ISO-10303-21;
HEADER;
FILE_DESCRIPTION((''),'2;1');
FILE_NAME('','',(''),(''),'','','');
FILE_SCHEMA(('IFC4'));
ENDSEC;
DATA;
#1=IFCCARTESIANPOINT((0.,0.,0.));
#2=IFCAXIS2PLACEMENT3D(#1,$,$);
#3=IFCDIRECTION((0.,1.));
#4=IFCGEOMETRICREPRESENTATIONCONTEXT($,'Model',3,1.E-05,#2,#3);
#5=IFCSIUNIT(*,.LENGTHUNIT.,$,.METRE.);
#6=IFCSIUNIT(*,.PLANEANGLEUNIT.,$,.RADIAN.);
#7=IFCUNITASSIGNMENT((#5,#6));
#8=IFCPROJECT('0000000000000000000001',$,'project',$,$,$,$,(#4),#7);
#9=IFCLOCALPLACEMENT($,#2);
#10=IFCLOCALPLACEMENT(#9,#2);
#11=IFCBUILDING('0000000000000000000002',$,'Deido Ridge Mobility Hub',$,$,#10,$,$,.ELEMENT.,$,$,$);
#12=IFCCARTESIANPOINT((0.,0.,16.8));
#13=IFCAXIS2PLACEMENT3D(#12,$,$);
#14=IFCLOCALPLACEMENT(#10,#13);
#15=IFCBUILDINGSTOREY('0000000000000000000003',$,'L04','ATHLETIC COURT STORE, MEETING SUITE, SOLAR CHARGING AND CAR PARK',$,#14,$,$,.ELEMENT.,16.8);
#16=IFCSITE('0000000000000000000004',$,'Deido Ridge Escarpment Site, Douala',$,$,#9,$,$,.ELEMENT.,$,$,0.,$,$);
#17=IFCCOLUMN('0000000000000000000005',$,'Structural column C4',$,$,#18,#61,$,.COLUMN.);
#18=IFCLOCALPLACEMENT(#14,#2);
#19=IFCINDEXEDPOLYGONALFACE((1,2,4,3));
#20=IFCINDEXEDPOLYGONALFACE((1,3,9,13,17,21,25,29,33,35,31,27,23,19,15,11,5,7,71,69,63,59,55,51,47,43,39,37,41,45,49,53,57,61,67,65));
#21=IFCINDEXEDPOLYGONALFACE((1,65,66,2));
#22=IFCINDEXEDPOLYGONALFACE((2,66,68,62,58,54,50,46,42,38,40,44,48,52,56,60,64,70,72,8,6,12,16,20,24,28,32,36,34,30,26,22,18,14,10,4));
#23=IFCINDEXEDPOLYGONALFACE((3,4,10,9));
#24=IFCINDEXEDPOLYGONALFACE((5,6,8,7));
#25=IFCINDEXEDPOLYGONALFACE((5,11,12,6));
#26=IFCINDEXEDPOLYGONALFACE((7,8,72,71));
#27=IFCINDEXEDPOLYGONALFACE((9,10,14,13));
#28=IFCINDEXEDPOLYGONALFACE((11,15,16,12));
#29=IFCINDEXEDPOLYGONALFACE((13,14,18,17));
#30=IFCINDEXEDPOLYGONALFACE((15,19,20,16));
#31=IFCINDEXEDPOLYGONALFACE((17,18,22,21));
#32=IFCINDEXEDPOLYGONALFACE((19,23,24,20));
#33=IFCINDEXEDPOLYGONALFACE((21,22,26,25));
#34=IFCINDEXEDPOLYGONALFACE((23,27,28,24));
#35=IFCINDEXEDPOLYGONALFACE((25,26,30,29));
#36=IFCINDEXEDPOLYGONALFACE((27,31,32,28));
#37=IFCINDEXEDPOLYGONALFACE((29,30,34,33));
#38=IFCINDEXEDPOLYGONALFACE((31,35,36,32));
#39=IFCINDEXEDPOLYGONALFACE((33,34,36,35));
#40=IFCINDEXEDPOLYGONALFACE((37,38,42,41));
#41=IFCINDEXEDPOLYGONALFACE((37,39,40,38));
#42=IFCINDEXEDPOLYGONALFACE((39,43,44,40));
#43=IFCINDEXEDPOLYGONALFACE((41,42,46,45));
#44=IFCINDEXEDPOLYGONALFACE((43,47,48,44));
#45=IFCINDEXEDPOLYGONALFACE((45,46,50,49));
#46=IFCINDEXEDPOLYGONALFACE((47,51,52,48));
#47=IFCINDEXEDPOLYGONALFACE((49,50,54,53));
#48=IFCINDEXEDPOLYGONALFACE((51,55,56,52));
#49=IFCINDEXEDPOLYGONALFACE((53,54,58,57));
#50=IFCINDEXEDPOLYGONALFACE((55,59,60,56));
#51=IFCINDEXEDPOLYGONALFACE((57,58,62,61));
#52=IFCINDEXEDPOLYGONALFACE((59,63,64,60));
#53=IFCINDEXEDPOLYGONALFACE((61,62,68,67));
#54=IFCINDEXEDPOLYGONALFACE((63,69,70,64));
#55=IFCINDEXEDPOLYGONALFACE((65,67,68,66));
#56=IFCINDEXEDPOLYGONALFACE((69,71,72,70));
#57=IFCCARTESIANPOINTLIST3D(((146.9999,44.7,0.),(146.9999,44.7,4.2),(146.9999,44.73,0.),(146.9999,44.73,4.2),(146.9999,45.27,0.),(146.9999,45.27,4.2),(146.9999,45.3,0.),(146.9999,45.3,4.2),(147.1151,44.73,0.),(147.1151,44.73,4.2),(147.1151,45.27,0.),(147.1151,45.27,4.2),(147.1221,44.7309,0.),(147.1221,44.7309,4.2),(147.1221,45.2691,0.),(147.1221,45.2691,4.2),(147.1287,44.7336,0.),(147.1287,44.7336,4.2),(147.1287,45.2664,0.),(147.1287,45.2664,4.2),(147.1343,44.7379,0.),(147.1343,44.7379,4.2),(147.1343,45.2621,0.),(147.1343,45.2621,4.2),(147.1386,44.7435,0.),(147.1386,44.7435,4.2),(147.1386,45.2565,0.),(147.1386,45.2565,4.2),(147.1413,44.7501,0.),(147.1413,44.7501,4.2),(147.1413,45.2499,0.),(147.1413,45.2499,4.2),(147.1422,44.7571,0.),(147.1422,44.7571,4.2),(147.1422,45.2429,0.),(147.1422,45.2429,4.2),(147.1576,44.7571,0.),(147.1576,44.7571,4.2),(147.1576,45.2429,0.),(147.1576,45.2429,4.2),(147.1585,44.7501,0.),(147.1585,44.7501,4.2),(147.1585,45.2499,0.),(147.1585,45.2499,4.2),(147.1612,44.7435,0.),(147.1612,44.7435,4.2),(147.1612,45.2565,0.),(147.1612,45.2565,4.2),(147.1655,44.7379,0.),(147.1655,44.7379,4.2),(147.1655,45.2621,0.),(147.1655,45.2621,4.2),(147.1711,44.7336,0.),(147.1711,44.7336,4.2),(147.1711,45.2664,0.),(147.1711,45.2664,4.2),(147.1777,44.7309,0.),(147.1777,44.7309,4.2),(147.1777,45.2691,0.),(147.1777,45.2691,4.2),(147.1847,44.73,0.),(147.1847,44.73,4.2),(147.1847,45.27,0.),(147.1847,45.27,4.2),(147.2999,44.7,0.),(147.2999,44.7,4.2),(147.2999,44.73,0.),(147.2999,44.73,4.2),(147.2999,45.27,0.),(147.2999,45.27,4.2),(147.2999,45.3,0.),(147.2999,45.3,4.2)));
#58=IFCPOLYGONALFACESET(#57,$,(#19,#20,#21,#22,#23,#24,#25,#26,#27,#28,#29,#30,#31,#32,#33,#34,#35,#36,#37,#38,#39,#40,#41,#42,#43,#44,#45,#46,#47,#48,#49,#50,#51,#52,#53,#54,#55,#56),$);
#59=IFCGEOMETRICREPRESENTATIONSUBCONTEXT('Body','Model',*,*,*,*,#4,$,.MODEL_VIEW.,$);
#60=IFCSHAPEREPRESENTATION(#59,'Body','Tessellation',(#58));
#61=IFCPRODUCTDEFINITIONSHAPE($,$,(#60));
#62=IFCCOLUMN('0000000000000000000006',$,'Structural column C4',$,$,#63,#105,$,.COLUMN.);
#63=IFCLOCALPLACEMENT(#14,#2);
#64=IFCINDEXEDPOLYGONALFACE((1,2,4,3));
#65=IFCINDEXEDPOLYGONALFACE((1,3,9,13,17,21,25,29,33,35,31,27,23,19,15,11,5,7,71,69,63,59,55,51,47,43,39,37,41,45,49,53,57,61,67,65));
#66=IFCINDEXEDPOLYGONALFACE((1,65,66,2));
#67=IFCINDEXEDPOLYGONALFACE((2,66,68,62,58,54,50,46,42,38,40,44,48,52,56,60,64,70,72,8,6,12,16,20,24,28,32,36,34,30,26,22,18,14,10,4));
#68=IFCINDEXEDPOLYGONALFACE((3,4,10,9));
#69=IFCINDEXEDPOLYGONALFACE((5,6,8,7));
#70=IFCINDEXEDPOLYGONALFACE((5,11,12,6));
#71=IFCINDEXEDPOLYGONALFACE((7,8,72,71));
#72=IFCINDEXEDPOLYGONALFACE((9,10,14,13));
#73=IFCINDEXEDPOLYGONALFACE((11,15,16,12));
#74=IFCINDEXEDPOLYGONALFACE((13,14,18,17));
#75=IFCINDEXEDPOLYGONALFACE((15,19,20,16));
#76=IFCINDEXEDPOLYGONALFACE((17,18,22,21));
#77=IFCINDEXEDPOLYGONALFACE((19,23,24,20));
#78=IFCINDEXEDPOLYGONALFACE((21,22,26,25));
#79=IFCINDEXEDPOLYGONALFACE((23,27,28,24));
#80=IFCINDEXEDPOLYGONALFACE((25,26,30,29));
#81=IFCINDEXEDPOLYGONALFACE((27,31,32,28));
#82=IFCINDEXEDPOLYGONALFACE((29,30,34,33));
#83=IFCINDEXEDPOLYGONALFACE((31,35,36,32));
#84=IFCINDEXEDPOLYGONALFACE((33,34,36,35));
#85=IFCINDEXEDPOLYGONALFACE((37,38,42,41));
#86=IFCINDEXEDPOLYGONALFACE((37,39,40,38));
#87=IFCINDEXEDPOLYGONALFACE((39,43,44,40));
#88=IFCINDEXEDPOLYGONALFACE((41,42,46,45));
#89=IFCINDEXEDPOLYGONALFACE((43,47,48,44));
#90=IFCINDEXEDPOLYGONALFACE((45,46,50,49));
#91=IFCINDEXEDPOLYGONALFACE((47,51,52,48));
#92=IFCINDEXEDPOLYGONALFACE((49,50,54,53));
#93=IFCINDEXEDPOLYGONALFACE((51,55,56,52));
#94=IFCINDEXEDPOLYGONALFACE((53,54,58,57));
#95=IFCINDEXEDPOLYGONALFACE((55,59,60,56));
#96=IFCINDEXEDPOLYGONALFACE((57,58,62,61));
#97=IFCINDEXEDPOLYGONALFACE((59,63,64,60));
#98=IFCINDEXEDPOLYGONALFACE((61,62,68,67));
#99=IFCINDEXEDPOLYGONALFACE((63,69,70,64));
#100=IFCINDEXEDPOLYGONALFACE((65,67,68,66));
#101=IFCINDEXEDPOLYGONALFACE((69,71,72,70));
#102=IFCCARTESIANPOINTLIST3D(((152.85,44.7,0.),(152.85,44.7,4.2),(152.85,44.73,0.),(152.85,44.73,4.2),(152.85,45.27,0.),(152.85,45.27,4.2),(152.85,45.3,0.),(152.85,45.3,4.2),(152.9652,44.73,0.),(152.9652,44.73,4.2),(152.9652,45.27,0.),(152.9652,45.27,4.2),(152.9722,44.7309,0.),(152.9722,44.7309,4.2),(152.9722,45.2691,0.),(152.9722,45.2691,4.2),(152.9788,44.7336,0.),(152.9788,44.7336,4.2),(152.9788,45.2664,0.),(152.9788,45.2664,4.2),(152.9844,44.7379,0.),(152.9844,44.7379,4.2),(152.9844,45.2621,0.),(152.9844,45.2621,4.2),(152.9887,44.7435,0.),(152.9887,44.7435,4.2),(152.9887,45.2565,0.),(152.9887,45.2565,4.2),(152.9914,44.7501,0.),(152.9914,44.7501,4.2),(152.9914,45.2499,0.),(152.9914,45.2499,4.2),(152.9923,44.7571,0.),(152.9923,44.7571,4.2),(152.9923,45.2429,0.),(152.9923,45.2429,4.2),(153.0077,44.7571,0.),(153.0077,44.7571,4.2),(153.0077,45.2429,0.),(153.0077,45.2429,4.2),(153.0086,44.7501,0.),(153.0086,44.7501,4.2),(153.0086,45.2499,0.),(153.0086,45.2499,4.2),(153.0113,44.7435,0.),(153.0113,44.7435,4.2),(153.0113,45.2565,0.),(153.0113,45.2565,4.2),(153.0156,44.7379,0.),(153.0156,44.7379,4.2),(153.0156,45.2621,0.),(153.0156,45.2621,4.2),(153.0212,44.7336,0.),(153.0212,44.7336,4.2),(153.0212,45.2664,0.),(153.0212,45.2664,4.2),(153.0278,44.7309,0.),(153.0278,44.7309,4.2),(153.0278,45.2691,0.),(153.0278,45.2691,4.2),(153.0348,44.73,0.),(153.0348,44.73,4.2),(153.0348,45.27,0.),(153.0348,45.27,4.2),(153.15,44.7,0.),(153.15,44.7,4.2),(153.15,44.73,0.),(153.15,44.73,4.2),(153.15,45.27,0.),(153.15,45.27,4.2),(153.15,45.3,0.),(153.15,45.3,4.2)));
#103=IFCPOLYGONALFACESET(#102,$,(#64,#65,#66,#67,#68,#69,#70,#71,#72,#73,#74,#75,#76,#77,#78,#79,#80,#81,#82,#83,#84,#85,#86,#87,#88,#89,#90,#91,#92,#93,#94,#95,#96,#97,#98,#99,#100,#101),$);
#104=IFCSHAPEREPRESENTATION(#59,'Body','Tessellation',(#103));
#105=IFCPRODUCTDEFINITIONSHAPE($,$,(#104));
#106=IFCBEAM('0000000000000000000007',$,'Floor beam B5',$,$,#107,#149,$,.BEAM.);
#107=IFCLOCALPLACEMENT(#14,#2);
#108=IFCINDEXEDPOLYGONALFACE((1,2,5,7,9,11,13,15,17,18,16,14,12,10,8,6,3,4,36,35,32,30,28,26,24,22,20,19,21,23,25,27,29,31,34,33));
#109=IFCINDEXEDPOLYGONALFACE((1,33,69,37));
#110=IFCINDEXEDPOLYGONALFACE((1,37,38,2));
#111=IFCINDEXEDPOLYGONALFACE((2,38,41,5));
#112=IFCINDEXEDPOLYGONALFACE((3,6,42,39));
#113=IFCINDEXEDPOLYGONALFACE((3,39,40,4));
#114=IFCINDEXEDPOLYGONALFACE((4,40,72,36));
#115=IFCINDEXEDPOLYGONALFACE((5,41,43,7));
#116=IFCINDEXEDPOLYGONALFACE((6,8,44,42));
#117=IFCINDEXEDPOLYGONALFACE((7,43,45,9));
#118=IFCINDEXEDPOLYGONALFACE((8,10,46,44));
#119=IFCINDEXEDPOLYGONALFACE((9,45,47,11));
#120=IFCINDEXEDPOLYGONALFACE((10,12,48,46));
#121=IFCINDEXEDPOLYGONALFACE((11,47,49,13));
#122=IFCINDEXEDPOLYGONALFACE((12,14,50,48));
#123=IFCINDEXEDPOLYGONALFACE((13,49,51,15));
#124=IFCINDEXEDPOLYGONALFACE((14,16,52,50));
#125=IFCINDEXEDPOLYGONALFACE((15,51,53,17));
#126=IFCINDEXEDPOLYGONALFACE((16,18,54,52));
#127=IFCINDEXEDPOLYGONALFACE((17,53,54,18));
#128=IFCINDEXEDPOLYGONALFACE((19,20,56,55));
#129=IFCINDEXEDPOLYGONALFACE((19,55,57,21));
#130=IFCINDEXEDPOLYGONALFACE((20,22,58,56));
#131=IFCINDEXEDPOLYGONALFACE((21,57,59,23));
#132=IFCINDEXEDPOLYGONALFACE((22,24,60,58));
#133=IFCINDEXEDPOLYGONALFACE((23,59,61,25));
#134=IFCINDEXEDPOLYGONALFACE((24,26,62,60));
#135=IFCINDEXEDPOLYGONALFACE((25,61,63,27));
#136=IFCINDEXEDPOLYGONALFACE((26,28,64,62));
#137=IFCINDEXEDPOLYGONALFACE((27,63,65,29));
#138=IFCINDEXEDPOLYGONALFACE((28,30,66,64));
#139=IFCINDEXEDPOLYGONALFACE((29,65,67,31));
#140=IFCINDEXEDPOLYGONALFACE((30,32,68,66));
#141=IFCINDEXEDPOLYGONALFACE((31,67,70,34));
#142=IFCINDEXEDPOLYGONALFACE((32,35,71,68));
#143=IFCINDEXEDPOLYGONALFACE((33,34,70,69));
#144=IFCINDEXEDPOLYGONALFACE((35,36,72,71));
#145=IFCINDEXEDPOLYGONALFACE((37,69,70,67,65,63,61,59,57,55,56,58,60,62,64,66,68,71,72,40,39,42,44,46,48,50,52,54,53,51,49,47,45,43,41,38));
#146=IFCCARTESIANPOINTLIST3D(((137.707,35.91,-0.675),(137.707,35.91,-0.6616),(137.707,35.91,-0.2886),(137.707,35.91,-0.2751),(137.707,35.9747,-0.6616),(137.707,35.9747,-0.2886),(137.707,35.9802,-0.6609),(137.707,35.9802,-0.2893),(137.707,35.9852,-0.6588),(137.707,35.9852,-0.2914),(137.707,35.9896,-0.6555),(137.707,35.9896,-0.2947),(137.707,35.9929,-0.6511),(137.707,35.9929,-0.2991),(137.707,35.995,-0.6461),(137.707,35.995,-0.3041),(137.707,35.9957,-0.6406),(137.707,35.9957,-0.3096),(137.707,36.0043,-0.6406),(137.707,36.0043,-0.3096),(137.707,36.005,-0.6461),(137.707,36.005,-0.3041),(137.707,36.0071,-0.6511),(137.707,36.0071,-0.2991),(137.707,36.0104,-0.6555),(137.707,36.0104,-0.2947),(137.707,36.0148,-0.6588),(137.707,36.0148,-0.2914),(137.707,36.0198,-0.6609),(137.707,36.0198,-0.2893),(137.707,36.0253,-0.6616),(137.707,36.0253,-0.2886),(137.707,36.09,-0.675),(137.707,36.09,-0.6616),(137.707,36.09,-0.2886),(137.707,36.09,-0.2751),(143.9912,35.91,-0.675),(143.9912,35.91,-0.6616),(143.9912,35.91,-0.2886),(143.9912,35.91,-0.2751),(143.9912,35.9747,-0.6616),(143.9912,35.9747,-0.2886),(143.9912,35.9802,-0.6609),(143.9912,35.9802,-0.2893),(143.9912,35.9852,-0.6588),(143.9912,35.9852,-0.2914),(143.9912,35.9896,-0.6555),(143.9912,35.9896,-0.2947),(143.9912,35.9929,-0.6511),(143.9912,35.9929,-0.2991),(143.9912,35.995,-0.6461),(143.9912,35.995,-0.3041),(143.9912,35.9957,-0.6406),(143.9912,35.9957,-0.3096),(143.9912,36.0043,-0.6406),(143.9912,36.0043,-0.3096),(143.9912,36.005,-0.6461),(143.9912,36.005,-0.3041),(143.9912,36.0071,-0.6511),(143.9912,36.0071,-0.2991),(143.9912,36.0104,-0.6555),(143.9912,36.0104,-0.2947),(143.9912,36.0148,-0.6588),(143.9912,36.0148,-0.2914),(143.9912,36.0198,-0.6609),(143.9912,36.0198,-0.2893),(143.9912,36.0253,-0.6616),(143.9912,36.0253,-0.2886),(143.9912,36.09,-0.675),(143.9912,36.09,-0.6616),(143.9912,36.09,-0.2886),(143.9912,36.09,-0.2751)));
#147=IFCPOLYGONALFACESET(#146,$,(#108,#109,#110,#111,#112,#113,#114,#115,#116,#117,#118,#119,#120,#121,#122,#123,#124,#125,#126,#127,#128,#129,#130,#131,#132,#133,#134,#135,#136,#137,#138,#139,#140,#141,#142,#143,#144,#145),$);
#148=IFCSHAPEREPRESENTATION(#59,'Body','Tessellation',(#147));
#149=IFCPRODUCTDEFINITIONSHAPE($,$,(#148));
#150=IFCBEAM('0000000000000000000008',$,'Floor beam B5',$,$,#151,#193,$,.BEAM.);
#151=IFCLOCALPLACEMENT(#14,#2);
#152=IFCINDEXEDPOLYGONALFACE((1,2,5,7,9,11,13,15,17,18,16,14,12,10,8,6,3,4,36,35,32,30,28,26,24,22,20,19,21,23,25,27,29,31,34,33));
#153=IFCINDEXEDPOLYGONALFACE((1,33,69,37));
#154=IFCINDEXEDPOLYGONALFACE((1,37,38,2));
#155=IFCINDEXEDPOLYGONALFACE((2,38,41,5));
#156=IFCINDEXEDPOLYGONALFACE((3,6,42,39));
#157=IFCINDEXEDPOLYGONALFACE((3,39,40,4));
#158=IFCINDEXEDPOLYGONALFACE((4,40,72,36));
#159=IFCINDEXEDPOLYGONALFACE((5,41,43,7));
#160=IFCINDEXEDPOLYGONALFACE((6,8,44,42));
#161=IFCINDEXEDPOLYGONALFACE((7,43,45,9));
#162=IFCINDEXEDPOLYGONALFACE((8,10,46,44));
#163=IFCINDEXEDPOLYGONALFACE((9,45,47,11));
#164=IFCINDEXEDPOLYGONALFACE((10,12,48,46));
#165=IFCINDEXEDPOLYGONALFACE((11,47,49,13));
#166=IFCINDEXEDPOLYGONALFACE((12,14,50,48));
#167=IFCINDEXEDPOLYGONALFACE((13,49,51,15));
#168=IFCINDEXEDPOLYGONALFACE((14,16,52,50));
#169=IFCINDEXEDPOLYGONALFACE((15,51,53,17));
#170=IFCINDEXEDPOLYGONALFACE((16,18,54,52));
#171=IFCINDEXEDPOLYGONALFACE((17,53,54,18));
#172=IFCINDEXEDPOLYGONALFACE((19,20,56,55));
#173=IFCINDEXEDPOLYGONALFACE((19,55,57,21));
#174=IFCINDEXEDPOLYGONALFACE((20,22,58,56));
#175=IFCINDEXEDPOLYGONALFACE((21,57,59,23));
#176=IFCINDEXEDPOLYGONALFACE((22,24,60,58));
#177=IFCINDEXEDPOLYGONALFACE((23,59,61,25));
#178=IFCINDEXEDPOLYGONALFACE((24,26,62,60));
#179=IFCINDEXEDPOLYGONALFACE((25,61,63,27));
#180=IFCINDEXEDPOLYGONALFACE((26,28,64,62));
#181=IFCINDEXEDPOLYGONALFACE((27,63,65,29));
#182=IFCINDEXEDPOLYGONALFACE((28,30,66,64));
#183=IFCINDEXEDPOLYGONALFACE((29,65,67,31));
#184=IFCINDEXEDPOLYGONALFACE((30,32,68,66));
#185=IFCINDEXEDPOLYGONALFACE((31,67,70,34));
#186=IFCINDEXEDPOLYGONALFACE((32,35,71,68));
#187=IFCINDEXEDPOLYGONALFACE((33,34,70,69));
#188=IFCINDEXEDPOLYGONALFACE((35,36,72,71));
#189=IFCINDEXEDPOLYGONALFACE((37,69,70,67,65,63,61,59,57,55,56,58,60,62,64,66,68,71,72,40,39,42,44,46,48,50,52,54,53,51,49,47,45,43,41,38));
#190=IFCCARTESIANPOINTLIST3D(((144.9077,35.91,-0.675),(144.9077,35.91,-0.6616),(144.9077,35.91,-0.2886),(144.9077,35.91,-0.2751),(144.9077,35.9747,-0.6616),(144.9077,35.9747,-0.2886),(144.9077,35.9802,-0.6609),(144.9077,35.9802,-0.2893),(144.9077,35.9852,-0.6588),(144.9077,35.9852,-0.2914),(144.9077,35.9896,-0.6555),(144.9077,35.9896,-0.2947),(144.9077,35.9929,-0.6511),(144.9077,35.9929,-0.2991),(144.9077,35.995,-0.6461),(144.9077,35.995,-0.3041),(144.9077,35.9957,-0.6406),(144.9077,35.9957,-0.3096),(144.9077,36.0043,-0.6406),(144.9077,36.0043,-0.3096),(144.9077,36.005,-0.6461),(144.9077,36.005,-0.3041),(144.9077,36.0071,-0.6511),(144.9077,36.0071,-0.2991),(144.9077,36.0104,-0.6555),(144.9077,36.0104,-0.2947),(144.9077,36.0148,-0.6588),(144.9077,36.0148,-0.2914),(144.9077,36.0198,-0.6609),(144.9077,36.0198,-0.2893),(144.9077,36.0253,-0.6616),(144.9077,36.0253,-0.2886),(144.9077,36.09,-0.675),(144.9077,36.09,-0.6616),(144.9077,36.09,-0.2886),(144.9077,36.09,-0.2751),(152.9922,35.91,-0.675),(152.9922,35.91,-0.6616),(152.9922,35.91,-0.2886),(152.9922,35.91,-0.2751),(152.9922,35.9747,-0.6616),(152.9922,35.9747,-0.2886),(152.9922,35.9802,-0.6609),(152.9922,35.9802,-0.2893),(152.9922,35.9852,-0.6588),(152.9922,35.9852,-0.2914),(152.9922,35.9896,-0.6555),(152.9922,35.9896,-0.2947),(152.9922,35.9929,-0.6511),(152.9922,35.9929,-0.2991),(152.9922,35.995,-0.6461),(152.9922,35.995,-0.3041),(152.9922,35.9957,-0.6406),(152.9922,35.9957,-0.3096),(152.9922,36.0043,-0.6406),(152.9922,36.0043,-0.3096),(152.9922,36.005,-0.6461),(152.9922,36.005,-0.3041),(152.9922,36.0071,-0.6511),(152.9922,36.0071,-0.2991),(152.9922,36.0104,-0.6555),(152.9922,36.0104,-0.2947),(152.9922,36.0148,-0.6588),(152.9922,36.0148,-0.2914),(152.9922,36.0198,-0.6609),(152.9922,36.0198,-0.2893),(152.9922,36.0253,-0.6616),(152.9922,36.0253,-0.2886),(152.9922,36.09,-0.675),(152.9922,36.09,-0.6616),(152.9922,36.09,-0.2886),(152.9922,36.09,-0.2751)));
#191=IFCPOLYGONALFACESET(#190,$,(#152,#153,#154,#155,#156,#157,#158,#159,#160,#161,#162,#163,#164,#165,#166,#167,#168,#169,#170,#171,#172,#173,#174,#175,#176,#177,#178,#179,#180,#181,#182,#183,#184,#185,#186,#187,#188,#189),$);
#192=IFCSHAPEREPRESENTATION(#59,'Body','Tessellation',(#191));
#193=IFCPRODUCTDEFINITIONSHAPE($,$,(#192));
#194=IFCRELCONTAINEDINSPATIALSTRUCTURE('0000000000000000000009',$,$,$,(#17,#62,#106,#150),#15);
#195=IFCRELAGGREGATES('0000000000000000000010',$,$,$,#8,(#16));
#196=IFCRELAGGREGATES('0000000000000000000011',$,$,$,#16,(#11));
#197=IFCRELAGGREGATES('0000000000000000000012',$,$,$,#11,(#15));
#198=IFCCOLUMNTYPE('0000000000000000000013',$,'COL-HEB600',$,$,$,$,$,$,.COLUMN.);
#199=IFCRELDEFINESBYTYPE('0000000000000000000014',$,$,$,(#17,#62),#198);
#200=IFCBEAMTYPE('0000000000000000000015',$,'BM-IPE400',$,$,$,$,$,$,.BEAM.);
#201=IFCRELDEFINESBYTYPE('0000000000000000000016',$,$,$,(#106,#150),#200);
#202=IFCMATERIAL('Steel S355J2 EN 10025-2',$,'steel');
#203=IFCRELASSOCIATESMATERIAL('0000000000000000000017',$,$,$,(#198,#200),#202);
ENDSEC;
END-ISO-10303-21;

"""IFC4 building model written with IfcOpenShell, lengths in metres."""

from ifc_helpers import new_model, si_unit, direction, frame, origin, origin_2d, place, context, subcontext, project, spatial, i_section, extrude, material, material_profile, profile_set, type_object, element, save


model = new_model("IFC4")

# Units and contexts
model_context = context("Model", 3, precision=1e-05, world=origin(), true_north=direction((0.0, 1.0)))
body_context = subcontext(model_context, "Body", "Model", "MODEL_VIEW")
ifc_project = project(units=[si_unit("LENGTHUNIT", "METRE"), si_unit("PLANEANGLEUNIT", "RADIAN")], contexts=[model_context])

# Site, building, storey
site_placement = place(None, origin())
site = spatial("IfcSite", under=ifc_project, at=site_placement, Name="Deido Ridge Escarpment Site, Douala", CompositionType="ELEMENT", RefElevation=0.0)
building_placement = place(site_placement, origin())
building = spatial("IfcBuilding", under=site, at=building_placement, Name="Deido Ridge Mobility Hub", CompositionType="ELEMENT")
storey_placement = place(building_placement, frame((0.0, 0.0, 16.8)))
storey = spatial("IfcBuildingStorey", under=building, at=storey_placement, Name="L04", Description="ATHLETIC COURT STORE, MEETING SUITE, SOLAR CHARGING AND CAR PARK", CompositionType="ELEMENT", Elevation=16.8)

# Columns
ifc_material_1 = material(Name="Steel S355J2 EN 10025-2", Category="steel")
ifc_material_profile_1 = material_profile(ifc_material_1, i_section(OverallWidth=0.3, OverallDepth=0.6001, WebThickness=0.0154, FlangeThickness=0.03, FilletRadius=0.0271, at=origin_2d()), Name="HEB 600")
ifc_profile_set_1 = profile_set([ifc_material_profile_1], Name="Steel S355J2 EN 10025-2")
column_type_1 = type_object("IfcColumnType", Name="COL-HEB600", PredefinedType="COLUMN", material=ifc_profile_set_1)
for number, where, z_axis, x_axis, name in (
    (1, (147.1499, 45.0, 0.0), (0.0, 0.0, 1.0), (1.0, 0.0, 0.0), "Structural column C4"),
    (2, (153.0, 45.0, 0.0), (0.0, 0.0, 1.0), (1.0, 0.0, 0.0), "Structural column C4"),
):
    element("IfcColumn", number, at=place(storey_placement, frame(where, z_axis=z_axis, x_axis=x_axis)), inside=storey, type_object=column_type_1, Name=name, PredefinedType="COLUMN", context=body_context, shape_type="SweptSolid", body=[
        extrude(i_section(OverallWidth=0.3, OverallDepth=0.6001, WebThickness=0.0154, FlangeThickness=0.03, FilletRadius=0.0271, at=origin_2d()), origin(), (0.0, 0.0, 1.0), 4.2),
    ])

# Beams
ifc_material_profile_2 = material_profile(ifc_material_1, i_section(OverallWidth=0.1799, OverallDepth=0.3999, WebThickness=0.0085, FlangeThickness=0.0134, FilletRadius=0.021, at=origin_2d()), Name="IPE 400")
ifc_profile_set_2 = profile_set([ifc_material_profile_2], Name="Steel S355J2 EN 10025-2")
beam_type_1 = type_object("IfcBeamType", Name="BM-IPE400", PredefinedType="BEAM", material=ifc_profile_set_2)
beam_1_placement = place(storey_placement, frame((137.707, 36.0, -0.4751), z_axis=(1.0, 0.0, 0.0), x_axis=(0.0, 1.0, 0.0)))
element("IfcBeam", 3, at=beam_1_placement, inside=storey, type_object=beam_type_1, Name="Floor beam B5", PredefinedType="BEAM", context=body_context, shape_type="SweptSolid", body=[
    extrude(i_section(OverallWidth=0.1799, OverallDepth=0.3999, WebThickness=0.0085, FlangeThickness=0.0134, FilletRadius=0.021, at=origin_2d()), origin(), (0.0, 0.0, 1.0), 6.2842),
])
beam_2_placement = place(storey_placement, frame((144.9077, 36.0, -0.4751), z_axis=(1.0, 0.0, 0.0), x_axis=(0.0, 1.0, 0.0)))
element("IfcBeam", 4, at=beam_2_placement, inside=storey, type_object=beam_type_1, Name="Floor beam B5", PredefinedType="BEAM", context=body_context, shape_type="SweptSolid", body=[
    extrude(i_section(OverallWidth=0.1799, OverallDepth=0.3999, WebThickness=0.0085, FlangeThickness=0.0134, FilletRadius=0.021, at=origin_2d()), origin(), (0.0, 0.0, 1.0), 8.0845),
])

save(model, "model.ifc")
